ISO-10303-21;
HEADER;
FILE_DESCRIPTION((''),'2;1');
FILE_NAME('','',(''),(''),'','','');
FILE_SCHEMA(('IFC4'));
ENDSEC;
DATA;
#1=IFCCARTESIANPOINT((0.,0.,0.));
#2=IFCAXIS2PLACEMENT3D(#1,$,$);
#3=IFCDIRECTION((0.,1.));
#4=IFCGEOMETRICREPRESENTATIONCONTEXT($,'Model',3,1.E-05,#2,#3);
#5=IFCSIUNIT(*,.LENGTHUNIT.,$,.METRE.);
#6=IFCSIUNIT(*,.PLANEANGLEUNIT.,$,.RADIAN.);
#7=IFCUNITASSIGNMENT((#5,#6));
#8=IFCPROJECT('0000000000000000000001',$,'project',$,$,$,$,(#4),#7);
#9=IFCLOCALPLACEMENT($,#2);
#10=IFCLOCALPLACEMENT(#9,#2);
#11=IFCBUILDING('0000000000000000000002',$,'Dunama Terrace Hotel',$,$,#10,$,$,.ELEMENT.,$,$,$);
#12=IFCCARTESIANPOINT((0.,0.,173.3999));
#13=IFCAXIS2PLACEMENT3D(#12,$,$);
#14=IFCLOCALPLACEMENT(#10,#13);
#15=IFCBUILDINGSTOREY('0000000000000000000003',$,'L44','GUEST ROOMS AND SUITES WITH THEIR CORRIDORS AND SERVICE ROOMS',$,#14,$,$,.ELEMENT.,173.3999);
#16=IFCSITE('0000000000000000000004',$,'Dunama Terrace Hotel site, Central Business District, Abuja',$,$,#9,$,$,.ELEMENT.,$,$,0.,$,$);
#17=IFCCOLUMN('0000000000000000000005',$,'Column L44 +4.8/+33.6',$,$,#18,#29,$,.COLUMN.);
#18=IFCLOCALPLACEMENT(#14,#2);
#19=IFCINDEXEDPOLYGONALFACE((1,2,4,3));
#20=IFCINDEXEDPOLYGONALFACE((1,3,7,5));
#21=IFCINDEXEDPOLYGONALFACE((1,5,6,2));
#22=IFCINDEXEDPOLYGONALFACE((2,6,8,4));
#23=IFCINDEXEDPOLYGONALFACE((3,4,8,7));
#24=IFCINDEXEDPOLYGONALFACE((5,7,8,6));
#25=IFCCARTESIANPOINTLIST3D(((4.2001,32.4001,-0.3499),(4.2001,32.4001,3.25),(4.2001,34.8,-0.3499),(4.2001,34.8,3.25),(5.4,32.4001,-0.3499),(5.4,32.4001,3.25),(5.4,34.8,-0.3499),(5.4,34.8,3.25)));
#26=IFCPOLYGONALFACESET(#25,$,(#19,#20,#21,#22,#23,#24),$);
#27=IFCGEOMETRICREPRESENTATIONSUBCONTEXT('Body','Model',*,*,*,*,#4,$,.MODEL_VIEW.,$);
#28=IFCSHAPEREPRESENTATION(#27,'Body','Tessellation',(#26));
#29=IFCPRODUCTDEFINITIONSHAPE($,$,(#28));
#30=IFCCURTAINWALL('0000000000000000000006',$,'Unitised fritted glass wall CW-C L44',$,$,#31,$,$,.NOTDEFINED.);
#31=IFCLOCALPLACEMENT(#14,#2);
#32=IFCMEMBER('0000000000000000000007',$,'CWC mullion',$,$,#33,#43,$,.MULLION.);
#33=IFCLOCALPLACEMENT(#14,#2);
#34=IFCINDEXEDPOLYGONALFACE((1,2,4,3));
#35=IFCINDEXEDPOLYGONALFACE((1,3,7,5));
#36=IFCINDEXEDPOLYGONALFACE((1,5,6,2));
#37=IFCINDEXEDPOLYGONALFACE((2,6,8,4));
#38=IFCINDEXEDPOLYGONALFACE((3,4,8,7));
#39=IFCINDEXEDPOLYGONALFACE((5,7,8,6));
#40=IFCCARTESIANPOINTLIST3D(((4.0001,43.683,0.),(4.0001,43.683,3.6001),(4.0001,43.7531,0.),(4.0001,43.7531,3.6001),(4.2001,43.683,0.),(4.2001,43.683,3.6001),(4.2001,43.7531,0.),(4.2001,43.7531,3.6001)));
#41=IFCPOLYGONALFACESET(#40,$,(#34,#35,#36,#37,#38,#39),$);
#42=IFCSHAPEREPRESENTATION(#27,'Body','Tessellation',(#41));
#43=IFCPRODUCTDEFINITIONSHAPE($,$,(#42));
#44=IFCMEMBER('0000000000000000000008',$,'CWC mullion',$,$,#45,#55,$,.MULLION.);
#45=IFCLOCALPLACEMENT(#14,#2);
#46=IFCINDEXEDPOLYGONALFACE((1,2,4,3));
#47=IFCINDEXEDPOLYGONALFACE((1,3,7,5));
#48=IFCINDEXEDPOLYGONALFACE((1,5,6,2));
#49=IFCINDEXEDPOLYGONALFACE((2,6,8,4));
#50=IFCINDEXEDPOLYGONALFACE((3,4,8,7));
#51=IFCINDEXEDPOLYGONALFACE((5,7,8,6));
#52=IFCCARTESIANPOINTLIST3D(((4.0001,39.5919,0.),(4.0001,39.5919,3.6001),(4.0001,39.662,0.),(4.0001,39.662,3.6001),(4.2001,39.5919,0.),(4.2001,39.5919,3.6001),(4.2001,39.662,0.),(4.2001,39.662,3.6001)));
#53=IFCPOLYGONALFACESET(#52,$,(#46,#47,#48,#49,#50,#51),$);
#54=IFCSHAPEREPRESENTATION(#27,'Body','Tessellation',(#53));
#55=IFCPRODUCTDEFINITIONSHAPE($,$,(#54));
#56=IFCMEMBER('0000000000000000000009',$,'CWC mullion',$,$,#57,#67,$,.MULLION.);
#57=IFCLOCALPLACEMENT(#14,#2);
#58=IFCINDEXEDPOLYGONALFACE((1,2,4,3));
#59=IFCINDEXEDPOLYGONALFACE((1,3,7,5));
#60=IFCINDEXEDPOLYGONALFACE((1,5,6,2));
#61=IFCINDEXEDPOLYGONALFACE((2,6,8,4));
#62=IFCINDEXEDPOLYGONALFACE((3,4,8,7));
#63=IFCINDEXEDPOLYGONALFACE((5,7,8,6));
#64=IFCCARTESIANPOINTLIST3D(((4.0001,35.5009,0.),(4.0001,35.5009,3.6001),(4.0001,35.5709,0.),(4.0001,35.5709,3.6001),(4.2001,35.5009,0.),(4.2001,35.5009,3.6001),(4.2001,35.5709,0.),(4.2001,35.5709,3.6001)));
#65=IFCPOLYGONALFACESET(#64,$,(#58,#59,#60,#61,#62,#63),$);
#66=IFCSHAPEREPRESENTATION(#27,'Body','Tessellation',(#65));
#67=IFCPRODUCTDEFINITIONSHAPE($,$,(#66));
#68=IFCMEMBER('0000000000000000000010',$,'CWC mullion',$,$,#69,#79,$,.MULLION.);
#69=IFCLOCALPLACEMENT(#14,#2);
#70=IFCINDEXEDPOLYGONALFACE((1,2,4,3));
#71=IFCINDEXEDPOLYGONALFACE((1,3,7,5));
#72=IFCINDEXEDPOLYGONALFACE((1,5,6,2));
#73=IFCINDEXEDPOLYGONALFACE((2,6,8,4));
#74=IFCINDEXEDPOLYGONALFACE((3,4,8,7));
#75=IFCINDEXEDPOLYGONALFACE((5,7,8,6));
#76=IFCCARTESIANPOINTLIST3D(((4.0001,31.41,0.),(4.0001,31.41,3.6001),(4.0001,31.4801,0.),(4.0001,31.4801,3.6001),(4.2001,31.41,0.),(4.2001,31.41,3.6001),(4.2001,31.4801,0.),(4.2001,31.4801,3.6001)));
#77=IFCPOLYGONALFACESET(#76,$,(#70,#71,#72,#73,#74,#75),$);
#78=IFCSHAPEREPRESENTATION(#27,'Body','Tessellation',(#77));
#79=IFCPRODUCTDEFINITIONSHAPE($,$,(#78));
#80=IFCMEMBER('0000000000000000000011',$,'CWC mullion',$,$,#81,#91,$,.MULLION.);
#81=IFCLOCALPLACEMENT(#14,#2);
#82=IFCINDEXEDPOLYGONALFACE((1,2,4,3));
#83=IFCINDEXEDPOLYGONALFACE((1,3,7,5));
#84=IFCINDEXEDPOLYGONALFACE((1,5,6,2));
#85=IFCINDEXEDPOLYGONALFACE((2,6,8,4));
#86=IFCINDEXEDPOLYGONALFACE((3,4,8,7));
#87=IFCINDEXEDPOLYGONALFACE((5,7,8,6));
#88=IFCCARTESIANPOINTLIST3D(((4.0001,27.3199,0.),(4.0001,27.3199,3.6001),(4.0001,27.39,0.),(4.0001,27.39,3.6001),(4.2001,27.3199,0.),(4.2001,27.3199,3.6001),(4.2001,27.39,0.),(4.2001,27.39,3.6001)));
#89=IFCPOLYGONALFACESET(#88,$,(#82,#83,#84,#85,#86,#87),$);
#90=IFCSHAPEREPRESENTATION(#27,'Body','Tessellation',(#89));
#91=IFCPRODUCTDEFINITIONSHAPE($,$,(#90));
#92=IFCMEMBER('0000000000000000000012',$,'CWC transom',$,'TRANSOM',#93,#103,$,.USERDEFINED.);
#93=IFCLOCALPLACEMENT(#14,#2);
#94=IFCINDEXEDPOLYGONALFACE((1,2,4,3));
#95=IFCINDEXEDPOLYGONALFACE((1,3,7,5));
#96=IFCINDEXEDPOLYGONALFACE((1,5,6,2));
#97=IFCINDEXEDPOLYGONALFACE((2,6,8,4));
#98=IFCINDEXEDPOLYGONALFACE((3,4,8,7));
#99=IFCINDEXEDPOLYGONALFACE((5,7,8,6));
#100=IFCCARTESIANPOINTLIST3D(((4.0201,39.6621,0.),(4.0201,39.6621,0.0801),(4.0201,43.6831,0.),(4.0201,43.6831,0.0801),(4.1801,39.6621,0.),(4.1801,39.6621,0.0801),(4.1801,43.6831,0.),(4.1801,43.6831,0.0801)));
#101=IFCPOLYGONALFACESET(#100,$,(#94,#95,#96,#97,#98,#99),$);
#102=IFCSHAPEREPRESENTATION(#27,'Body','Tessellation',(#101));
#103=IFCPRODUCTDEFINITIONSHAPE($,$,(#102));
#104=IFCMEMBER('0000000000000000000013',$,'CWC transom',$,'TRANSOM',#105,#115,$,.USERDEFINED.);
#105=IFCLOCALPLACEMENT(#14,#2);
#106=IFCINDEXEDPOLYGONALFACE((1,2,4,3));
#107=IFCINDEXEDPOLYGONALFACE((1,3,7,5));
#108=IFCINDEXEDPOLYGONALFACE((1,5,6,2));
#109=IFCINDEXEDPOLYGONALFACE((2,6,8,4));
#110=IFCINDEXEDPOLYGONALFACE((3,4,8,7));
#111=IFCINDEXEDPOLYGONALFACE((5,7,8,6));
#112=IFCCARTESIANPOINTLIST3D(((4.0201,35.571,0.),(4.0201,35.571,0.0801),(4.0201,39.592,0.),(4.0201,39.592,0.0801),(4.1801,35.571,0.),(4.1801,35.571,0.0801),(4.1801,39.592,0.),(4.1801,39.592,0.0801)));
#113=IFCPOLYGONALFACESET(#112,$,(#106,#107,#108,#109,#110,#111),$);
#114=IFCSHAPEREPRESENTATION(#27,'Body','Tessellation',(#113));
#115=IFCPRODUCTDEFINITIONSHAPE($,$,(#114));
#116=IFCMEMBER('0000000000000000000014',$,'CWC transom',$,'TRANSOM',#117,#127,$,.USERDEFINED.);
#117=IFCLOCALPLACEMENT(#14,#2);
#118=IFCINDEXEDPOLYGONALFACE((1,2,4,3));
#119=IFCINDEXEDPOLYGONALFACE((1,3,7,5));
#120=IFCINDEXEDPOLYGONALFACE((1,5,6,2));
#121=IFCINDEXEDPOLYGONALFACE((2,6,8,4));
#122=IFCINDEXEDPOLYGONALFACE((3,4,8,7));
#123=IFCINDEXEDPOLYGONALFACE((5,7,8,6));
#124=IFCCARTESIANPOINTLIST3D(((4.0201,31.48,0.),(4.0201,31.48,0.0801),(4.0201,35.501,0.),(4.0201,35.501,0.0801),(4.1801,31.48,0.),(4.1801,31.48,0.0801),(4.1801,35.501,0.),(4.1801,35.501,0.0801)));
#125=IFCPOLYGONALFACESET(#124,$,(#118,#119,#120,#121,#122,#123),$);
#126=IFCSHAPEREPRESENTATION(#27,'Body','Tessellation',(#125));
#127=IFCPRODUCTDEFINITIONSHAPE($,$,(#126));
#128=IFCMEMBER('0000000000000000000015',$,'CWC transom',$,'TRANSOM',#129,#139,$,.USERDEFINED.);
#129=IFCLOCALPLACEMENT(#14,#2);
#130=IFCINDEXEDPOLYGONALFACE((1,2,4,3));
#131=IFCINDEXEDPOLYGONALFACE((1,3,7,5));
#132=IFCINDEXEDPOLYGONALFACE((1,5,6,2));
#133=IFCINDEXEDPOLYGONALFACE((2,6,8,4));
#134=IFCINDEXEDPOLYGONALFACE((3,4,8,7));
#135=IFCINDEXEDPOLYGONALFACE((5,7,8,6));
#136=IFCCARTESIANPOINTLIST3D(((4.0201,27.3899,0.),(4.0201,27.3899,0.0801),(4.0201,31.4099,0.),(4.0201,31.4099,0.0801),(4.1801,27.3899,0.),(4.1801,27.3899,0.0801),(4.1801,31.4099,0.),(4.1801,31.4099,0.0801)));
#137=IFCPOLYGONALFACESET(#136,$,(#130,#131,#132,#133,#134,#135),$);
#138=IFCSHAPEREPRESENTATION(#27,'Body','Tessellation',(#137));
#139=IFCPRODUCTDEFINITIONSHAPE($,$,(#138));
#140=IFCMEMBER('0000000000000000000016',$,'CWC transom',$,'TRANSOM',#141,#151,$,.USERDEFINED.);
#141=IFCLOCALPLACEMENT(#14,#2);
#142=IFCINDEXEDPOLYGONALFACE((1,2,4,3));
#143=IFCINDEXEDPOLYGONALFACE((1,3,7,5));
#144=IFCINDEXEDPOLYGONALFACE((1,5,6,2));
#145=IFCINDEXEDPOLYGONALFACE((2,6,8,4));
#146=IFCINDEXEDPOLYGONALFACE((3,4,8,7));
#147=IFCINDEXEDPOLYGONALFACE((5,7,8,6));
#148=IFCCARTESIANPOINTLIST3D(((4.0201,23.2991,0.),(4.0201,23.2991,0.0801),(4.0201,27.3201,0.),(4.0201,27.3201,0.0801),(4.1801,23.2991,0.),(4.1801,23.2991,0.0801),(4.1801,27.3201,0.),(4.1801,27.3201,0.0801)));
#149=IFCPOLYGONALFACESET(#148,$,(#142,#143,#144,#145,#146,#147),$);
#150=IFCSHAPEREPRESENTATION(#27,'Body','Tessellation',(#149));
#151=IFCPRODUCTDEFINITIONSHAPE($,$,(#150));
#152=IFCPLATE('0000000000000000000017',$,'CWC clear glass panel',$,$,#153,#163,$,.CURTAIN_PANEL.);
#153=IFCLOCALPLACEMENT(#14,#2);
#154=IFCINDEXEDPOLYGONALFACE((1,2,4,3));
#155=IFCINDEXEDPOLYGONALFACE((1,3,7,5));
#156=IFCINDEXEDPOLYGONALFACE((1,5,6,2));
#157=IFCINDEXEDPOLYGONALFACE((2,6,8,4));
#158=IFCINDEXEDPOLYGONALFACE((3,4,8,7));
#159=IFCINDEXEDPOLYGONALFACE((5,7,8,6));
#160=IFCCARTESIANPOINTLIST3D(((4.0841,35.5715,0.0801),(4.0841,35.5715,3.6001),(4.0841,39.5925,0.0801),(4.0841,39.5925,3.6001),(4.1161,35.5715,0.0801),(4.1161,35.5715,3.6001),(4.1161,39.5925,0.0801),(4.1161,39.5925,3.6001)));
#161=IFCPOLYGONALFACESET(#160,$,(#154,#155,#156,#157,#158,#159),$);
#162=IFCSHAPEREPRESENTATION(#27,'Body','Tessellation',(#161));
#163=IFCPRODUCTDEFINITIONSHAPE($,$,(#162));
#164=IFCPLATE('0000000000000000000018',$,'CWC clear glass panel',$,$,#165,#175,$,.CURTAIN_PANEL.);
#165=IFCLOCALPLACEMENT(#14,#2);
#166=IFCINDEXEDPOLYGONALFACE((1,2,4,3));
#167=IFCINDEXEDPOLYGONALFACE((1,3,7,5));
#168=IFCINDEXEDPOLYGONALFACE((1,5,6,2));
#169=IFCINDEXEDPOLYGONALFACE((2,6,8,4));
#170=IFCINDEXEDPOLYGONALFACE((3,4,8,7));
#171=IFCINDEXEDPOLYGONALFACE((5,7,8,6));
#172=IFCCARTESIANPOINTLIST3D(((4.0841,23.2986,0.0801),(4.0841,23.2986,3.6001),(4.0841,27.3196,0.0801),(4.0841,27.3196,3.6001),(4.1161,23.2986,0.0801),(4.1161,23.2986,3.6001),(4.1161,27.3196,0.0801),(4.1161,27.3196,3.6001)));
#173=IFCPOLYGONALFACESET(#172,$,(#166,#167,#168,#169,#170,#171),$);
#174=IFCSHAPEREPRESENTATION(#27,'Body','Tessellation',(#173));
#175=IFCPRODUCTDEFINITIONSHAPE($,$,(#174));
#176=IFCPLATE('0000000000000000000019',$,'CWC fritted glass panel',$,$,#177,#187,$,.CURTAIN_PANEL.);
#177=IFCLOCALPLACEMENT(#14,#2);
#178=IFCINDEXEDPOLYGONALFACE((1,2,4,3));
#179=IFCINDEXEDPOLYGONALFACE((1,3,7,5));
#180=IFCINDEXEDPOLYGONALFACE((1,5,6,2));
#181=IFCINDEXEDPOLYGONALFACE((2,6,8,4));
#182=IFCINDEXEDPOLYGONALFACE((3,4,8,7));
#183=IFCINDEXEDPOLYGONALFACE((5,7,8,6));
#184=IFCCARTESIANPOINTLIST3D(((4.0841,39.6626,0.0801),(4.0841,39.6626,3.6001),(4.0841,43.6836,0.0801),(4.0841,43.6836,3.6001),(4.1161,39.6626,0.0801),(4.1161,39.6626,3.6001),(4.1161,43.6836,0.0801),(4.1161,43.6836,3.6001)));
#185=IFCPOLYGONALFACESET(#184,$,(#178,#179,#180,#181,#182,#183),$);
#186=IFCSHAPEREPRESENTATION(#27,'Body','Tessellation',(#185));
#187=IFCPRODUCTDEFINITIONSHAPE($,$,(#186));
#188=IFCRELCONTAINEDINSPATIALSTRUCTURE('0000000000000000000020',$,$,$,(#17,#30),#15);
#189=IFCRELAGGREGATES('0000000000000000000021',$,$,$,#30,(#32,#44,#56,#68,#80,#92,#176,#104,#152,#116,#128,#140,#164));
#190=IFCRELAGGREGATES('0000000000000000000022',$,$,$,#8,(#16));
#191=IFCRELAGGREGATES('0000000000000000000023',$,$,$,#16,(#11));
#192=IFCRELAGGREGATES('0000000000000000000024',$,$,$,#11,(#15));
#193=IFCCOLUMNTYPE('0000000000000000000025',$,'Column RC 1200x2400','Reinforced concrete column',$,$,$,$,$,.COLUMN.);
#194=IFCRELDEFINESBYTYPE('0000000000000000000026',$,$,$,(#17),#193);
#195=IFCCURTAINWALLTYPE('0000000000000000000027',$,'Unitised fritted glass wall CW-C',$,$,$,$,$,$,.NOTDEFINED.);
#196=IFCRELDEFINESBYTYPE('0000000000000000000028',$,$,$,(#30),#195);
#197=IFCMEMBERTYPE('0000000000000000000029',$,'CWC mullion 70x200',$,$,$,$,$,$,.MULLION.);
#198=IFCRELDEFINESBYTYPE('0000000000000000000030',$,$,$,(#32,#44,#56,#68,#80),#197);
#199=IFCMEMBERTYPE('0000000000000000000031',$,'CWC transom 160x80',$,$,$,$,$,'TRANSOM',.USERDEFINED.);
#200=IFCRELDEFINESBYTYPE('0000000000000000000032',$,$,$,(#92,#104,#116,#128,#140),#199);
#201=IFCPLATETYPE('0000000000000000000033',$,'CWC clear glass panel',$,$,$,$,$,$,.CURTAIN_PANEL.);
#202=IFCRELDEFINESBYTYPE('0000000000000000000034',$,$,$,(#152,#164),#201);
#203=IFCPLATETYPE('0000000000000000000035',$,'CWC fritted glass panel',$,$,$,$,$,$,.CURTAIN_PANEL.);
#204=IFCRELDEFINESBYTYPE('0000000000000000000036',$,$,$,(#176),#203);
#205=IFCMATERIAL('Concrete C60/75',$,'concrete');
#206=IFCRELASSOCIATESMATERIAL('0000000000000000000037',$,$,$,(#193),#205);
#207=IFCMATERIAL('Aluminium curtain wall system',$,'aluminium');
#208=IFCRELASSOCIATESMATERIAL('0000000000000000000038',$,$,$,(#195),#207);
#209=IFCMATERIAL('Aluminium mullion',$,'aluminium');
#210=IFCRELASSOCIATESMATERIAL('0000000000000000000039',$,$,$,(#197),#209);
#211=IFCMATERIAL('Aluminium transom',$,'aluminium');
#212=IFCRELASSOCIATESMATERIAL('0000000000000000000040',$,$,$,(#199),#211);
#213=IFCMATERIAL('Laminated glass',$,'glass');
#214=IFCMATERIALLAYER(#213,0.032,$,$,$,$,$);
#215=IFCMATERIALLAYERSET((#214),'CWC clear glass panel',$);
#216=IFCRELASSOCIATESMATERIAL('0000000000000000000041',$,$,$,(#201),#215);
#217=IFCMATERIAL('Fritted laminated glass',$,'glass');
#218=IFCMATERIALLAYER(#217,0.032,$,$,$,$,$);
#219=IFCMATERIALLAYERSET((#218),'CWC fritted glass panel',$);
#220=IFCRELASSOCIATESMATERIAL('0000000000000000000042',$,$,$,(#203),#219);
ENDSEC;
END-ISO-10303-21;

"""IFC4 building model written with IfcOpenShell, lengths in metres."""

from ifc_helpers import new_model, si_unit, direction, frame, origin, origin_2d, place, context, subcontext, project, spatial, rectangle, extrude, material, layer, layer_set, material_profile, profile_set, type_object, element, aggregate, save


model = new_model("IFC4")

# Units and contexts
model_context = context("Model", 3, precision=1e-05, world=origin(), true_north=direction((0.0, 1.0)))
body_context = subcontext(model_context, "Body", "Model", "MODEL_VIEW")
ifc_project = project(units=[si_unit("LENGTHUNIT", "METRE"), si_unit("PLANEANGLEUNIT", "RADIAN")], contexts=[model_context])

# Site, building, storey
site_placement = place(None, origin())
site = spatial("IfcSite", under=ifc_project, at=site_placement, Name="Dunama Terrace Hotel site, Central Business District, Abuja", CompositionType="ELEMENT", RefElevation=0.0)
building_placement = place(site_placement, origin())
building = spatial("IfcBuilding", under=site, at=building_placement, Name="Dunama Terrace Hotel", CompositionType="ELEMENT")
storey_placement = place(building_placement, frame((0.0, 0.0, 173.3999)))
storey = spatial("IfcBuildingStorey", under=building, at=storey_placement, Name="L44", Description="GUEST ROOMS AND SUITES WITH THEIR CORRIDORS AND SERVICE ROOMS", CompositionType="ELEMENT", Elevation=173.3999)

# Column
ifc_material_1 = material(Name="Concrete C60/75", Category="concrete")
ifc_material_profile_1 = material_profile(ifc_material_1, rectangle(XDim=1.2, YDim=2.3999, at=origin_2d()), Name="RC 1200x2400")
ifc_profile_set_1 = profile_set([ifc_material_profile_1], Name="Concrete C60/75")
column_type = type_object("IfcColumnType", Name="Column RC 1200x2400", Description="Reinforced concrete column", PredefinedType="COLUMN", material=ifc_profile_set_1)
column_placement = place(storey_placement, frame((4.8, 33.6001, -0.3499), z_axis=(0.0, 0.0, 1.0), x_axis=(1.0, 0.0, 0.0)))
element("IfcColumn", 1, at=column_placement, inside=storey, type_object=column_type, Name="Column L44 +4.8/+33.6", PredefinedType="COLUMN", context=body_context, shape_type="SweptSolid", body=[
    extrude(rectangle(XDim=1.2, YDim=2.3999, at=origin_2d()), origin(), (0.0, 0.0, 1.0), 3.5999),
])

# Curtain wall, members, plates
ifc_material_2 = material(Name="Aluminium curtain wall system", Category="aluminium")
curtain_wall_type = type_object("IfcCurtainWallType", Name="Unitised fritted glass wall CW-C", PredefinedType="NOTDEFINED", material=ifc_material_2)
curtain_wall_placement = place(storey_placement, origin())
curtain_wall = element("IfcCurtainWall", 2, at=curtain_wall_placement, inside=storey, type_object=curtain_wall_type, Name="Unitised fritted glass wall CW-C L44", PredefinedType="NOTDEFINED")
ifc_material_3 = material(Name="Aluminium mullion", Category="aluminium")
ifc_material_profile_2 = material_profile(ifc_material_3, rectangle(XDim=0.0701, YDim=0.2, at=origin_2d()), Name="CWC MULLION 70X200")
ifc_profile_set_2 = profile_set([ifc_material_profile_2], Name="Aluminium mullion")
member_type_1 = type_object("IfcMemberType", Name="CWC mullion 70x200", PredefinedType="MULLION", material=ifc_profile_set_2)
member_1_placement = place(storey_placement, frame((4.1001, 43.718, 0.0), z_axis=(0.0, 0.0, 1.0), x_axis=(0.0, -1.0, 0.0)))
member_1 = element("IfcMember", 3, at=member_1_placement, type_object=member_type_1, Name="CWC mullion", PredefinedType="MULLION", context=body_context, shape_type="SweptSolid", body=[
    extrude(rectangle(XDim=0.0701, YDim=0.2, at=origin_2d()), origin(), (0.0, 0.0, 1.0), 3.6001),
])
member_2_placement = place(storey_placement, frame((4.1001, 39.627, 0.0), z_axis=(0.0, 0.0, 1.0), x_axis=(0.0, -1.0, 0.0)))
member_2 = element("IfcMember", 4, at=member_2_placement, type_object=member_type_1, Name="CWC mullion", PredefinedType="MULLION", context=body_context, shape_type="SweptSolid", body=[
    extrude(rectangle(XDim=0.0701, YDim=0.2, at=origin_2d()), origin(), (0.0, 0.0, 1.0), 3.6001),
])
member_3_placement = place(storey_placement, frame((4.1001, 35.5359, 0.0), z_axis=(0.0, 0.0, 1.0), x_axis=(0.0, -1.0, 0.0)))
member_3 = element("IfcMember", 5, at=member_3_placement, type_object=member_type_1, Name="CWC mullion", PredefinedType="MULLION", context=body_context, shape_type="SweptSolid", body=[
    extrude(rectangle(XDim=0.0701, YDim=0.2, at=origin_2d()), origin(), (0.0, 0.0, 1.0), 3.6001),
])
member_4_placement = place(storey_placement, frame((4.1001, 31.4451, 0.0), z_axis=(0.0, 0.0, 1.0), x_axis=(0.0, -1.0, 0.0)))
member_4 = element("IfcMember", 6, at=member_4_placement, type_object=member_type_1, Name="CWC mullion", PredefinedType="MULLION", context=body_context, shape_type="SweptSolid", body=[
    extrude(rectangle(XDim=0.0701, YDim=0.2, at=origin_2d()), origin(), (0.0, 0.0, 1.0), 3.6001),
])
member_5_placement = place(storey_placement, frame((4.1001, 27.355, 0.0), z_axis=(0.0, 0.0, 1.0), x_axis=(0.0, -1.0, 0.0)))
member_5 = element("IfcMember", 7, at=member_5_placement, type_object=member_type_1, Name="CWC mullion", PredefinedType="MULLION", context=body_context, shape_type="SweptSolid", body=[
    extrude(rectangle(XDim=0.0701, YDim=0.2, at=origin_2d()), origin(), (0.0, 0.0, 1.0), 3.6001),
])
ifc_material_4 = material(Name="Aluminium transom", Category="aluminium")
ifc_material_profile_3 = material_profile(ifc_material_4, rectangle(XDim=0.1599, YDim=0.0801, at=origin_2d()), Name="CWC TRANSOM 160X80")
ifc_profile_set_3 = profile_set([ifc_material_profile_3], Name="Aluminium transom")
member_type_2 = type_object("IfcMemberType", Name="CWC transom 160x80", ElementType="TRANSOM", PredefinedType="USERDEFINED", material=ifc_profile_set_3)
member_6_placement = place(storey_placement, frame((4.1001, 43.6831, 0.04), z_axis=(0.0, -1.0, 0.0), x_axis=(1.0, 0.0, 0.0)))
member_6 = element("IfcMember", 8, at=member_6_placement, type_object=member_type_2, Name="CWC transom", ObjectType="TRANSOM", PredefinedType="USERDEFINED", context=body_context, shape_type="SweptSolid", body=[
    extrude(rectangle(XDim=0.1599, YDim=0.0801, at=origin_2d()), origin(), (0.0, 0.0, 1.0), 4.021),
])
member_7_placement = place(storey_placement, frame((4.1001, 39.592, 0.04), z_axis=(0.0, -1.0, 0.0), x_axis=(1.0, 0.0, 0.0)))
member_7 = element("IfcMember", 9, at=member_7_placement, type_object=member_type_2, Name="CWC transom", ObjectType="TRANSOM", PredefinedType="USERDEFINED", context=body_context, shape_type="SweptSolid", body=[
    extrude(rectangle(XDim=0.1599, YDim=0.0801, at=origin_2d()), origin(), (0.0, 0.0, 1.0), 4.021),
])
member_8_placement = place(storey_placement, frame((4.1001, 35.501, 0.04), z_axis=(0.0, -1.0, 0.0), x_axis=(1.0, 0.0, 0.0)))
member_8 = element("IfcMember", 10, at=member_8_placement, type_object=member_type_2, Name="CWC transom", ObjectType="TRANSOM", PredefinedType="USERDEFINED", context=body_context, shape_type="SweptSolid", body=[
    extrude(rectangle(XDim=0.1599, YDim=0.0801, at=origin_2d()), origin(), (0.0, 0.0, 1.0), 4.021),
])
member_9_placement = place(storey_placement, frame((4.1001, 31.4099, 0.04), z_axis=(0.0, -1.0, 0.0), x_axis=(1.0, 0.0, 0.0)))
member_9 = element("IfcMember", 11, at=member_9_placement, type_object=member_type_2, Name="CWC transom", ObjectType="TRANSOM", PredefinedType="USERDEFINED", context=body_context, shape_type="SweptSolid", body=[
    extrude(rectangle(XDim=0.1599, YDim=0.0801, at=origin_2d()), origin(), (0.0, 0.0, 1.0), 4.02),
])
member_10_placement = place(storey_placement, frame((4.1001, 27.3201, 0.04), z_axis=(0.0, -1.0, 0.0), x_axis=(1.0, 0.0, 0.0)))
member_10 = element("IfcMember", 12, at=member_10_placement, type_object=member_type_2, Name="CWC transom", ObjectType="TRANSOM", PredefinedType="USERDEFINED", context=body_context, shape_type="SweptSolid", body=[
    extrude(rectangle(XDim=0.1599, YDim=0.0801, at=origin_2d()), origin(), (0.0, 0.0, 1.0), 4.021),
])
ifc_material_5 = material(Name="Laminated glass", Category="glass")
ifc_layer_1 = layer(ifc_material_5, 0.032)
ifc_layer_set_1 = layer_set([ifc_layer_1], Name="CWC clear glass panel")
plate_type_1 = type_object("IfcPlateType", Name="CWC clear glass panel", PredefinedType="CURTAIN_PANEL", material=ifc_layer_set_1)
plate_1_placement = place(storey_placement, frame((4.1001, 37.582, 0.0801), z_axis=(0.0, 0.0, 1.0), x_axis=(0.0, -1.0, 0.0)))
plate_1 = element("IfcPlate", 13, at=plate_1_placement, type_object=plate_type_1, Name="CWC clear glass panel", PredefinedType="CURTAIN_PANEL", context=body_context, shape_type="SweptSolid", body=[
    extrude(rectangle(XDim=4.021, YDim=0.032, at=origin_2d()), origin(), (0.0, 0.0, 1.0), 3.52),
])
plate_2_placement = place(storey_placement, frame((4.1001, 25.3091, 0.0801), z_axis=(0.0, 0.0, 1.0), x_axis=(0.0, -1.0, 0.0)))
plate_2 = element("IfcPlate", 14, at=plate_2_placement, type_object=plate_type_1, Name="CWC clear glass panel", PredefinedType="CURTAIN_PANEL", context=body_context, shape_type="SweptSolid", body=[
    extrude(rectangle(XDim=4.021, YDim=0.032, at=origin_2d()), origin(), (0.0, 0.0, 1.0), 3.52),
])
ifc_material_6 = material(Name="Fritted laminated glass", Category="glass")
ifc_layer_2 = layer(ifc_material_6, 0.032)
ifc_layer_set_2 = layer_set([ifc_layer_2], Name="CWC fritted glass panel")
plate_type_2 = type_object("IfcPlateType", Name="CWC fritted glass panel", PredefinedType="CURTAIN_PANEL", material=ifc_layer_set_2)
plate_3_placement = place(storey_placement, frame((4.1001, 41.6731, 0.0801), z_axis=(0.0, 0.0, 1.0), x_axis=(0.0, -1.0, 0.0)))
plate_3 = element("IfcPlate", 15, at=plate_3_placement, type_object=plate_type_2, Name="CWC fritted glass panel", PredefinedType="CURTAIN_PANEL", context=body_context, shape_type="SweptSolid", body=[
    extrude(rectangle(XDim=4.021, YDim=0.032, at=origin_2d()), origin(), (0.0, 0.0, 1.0), 3.52),
])
aggregate(curtain_wall, [member_1, member_2, member_3, member_4, member_5, member_6, plate_3, member_7, plate_1, member_8, member_9, member_10, plate_2])

save(model, "model.ifc")
